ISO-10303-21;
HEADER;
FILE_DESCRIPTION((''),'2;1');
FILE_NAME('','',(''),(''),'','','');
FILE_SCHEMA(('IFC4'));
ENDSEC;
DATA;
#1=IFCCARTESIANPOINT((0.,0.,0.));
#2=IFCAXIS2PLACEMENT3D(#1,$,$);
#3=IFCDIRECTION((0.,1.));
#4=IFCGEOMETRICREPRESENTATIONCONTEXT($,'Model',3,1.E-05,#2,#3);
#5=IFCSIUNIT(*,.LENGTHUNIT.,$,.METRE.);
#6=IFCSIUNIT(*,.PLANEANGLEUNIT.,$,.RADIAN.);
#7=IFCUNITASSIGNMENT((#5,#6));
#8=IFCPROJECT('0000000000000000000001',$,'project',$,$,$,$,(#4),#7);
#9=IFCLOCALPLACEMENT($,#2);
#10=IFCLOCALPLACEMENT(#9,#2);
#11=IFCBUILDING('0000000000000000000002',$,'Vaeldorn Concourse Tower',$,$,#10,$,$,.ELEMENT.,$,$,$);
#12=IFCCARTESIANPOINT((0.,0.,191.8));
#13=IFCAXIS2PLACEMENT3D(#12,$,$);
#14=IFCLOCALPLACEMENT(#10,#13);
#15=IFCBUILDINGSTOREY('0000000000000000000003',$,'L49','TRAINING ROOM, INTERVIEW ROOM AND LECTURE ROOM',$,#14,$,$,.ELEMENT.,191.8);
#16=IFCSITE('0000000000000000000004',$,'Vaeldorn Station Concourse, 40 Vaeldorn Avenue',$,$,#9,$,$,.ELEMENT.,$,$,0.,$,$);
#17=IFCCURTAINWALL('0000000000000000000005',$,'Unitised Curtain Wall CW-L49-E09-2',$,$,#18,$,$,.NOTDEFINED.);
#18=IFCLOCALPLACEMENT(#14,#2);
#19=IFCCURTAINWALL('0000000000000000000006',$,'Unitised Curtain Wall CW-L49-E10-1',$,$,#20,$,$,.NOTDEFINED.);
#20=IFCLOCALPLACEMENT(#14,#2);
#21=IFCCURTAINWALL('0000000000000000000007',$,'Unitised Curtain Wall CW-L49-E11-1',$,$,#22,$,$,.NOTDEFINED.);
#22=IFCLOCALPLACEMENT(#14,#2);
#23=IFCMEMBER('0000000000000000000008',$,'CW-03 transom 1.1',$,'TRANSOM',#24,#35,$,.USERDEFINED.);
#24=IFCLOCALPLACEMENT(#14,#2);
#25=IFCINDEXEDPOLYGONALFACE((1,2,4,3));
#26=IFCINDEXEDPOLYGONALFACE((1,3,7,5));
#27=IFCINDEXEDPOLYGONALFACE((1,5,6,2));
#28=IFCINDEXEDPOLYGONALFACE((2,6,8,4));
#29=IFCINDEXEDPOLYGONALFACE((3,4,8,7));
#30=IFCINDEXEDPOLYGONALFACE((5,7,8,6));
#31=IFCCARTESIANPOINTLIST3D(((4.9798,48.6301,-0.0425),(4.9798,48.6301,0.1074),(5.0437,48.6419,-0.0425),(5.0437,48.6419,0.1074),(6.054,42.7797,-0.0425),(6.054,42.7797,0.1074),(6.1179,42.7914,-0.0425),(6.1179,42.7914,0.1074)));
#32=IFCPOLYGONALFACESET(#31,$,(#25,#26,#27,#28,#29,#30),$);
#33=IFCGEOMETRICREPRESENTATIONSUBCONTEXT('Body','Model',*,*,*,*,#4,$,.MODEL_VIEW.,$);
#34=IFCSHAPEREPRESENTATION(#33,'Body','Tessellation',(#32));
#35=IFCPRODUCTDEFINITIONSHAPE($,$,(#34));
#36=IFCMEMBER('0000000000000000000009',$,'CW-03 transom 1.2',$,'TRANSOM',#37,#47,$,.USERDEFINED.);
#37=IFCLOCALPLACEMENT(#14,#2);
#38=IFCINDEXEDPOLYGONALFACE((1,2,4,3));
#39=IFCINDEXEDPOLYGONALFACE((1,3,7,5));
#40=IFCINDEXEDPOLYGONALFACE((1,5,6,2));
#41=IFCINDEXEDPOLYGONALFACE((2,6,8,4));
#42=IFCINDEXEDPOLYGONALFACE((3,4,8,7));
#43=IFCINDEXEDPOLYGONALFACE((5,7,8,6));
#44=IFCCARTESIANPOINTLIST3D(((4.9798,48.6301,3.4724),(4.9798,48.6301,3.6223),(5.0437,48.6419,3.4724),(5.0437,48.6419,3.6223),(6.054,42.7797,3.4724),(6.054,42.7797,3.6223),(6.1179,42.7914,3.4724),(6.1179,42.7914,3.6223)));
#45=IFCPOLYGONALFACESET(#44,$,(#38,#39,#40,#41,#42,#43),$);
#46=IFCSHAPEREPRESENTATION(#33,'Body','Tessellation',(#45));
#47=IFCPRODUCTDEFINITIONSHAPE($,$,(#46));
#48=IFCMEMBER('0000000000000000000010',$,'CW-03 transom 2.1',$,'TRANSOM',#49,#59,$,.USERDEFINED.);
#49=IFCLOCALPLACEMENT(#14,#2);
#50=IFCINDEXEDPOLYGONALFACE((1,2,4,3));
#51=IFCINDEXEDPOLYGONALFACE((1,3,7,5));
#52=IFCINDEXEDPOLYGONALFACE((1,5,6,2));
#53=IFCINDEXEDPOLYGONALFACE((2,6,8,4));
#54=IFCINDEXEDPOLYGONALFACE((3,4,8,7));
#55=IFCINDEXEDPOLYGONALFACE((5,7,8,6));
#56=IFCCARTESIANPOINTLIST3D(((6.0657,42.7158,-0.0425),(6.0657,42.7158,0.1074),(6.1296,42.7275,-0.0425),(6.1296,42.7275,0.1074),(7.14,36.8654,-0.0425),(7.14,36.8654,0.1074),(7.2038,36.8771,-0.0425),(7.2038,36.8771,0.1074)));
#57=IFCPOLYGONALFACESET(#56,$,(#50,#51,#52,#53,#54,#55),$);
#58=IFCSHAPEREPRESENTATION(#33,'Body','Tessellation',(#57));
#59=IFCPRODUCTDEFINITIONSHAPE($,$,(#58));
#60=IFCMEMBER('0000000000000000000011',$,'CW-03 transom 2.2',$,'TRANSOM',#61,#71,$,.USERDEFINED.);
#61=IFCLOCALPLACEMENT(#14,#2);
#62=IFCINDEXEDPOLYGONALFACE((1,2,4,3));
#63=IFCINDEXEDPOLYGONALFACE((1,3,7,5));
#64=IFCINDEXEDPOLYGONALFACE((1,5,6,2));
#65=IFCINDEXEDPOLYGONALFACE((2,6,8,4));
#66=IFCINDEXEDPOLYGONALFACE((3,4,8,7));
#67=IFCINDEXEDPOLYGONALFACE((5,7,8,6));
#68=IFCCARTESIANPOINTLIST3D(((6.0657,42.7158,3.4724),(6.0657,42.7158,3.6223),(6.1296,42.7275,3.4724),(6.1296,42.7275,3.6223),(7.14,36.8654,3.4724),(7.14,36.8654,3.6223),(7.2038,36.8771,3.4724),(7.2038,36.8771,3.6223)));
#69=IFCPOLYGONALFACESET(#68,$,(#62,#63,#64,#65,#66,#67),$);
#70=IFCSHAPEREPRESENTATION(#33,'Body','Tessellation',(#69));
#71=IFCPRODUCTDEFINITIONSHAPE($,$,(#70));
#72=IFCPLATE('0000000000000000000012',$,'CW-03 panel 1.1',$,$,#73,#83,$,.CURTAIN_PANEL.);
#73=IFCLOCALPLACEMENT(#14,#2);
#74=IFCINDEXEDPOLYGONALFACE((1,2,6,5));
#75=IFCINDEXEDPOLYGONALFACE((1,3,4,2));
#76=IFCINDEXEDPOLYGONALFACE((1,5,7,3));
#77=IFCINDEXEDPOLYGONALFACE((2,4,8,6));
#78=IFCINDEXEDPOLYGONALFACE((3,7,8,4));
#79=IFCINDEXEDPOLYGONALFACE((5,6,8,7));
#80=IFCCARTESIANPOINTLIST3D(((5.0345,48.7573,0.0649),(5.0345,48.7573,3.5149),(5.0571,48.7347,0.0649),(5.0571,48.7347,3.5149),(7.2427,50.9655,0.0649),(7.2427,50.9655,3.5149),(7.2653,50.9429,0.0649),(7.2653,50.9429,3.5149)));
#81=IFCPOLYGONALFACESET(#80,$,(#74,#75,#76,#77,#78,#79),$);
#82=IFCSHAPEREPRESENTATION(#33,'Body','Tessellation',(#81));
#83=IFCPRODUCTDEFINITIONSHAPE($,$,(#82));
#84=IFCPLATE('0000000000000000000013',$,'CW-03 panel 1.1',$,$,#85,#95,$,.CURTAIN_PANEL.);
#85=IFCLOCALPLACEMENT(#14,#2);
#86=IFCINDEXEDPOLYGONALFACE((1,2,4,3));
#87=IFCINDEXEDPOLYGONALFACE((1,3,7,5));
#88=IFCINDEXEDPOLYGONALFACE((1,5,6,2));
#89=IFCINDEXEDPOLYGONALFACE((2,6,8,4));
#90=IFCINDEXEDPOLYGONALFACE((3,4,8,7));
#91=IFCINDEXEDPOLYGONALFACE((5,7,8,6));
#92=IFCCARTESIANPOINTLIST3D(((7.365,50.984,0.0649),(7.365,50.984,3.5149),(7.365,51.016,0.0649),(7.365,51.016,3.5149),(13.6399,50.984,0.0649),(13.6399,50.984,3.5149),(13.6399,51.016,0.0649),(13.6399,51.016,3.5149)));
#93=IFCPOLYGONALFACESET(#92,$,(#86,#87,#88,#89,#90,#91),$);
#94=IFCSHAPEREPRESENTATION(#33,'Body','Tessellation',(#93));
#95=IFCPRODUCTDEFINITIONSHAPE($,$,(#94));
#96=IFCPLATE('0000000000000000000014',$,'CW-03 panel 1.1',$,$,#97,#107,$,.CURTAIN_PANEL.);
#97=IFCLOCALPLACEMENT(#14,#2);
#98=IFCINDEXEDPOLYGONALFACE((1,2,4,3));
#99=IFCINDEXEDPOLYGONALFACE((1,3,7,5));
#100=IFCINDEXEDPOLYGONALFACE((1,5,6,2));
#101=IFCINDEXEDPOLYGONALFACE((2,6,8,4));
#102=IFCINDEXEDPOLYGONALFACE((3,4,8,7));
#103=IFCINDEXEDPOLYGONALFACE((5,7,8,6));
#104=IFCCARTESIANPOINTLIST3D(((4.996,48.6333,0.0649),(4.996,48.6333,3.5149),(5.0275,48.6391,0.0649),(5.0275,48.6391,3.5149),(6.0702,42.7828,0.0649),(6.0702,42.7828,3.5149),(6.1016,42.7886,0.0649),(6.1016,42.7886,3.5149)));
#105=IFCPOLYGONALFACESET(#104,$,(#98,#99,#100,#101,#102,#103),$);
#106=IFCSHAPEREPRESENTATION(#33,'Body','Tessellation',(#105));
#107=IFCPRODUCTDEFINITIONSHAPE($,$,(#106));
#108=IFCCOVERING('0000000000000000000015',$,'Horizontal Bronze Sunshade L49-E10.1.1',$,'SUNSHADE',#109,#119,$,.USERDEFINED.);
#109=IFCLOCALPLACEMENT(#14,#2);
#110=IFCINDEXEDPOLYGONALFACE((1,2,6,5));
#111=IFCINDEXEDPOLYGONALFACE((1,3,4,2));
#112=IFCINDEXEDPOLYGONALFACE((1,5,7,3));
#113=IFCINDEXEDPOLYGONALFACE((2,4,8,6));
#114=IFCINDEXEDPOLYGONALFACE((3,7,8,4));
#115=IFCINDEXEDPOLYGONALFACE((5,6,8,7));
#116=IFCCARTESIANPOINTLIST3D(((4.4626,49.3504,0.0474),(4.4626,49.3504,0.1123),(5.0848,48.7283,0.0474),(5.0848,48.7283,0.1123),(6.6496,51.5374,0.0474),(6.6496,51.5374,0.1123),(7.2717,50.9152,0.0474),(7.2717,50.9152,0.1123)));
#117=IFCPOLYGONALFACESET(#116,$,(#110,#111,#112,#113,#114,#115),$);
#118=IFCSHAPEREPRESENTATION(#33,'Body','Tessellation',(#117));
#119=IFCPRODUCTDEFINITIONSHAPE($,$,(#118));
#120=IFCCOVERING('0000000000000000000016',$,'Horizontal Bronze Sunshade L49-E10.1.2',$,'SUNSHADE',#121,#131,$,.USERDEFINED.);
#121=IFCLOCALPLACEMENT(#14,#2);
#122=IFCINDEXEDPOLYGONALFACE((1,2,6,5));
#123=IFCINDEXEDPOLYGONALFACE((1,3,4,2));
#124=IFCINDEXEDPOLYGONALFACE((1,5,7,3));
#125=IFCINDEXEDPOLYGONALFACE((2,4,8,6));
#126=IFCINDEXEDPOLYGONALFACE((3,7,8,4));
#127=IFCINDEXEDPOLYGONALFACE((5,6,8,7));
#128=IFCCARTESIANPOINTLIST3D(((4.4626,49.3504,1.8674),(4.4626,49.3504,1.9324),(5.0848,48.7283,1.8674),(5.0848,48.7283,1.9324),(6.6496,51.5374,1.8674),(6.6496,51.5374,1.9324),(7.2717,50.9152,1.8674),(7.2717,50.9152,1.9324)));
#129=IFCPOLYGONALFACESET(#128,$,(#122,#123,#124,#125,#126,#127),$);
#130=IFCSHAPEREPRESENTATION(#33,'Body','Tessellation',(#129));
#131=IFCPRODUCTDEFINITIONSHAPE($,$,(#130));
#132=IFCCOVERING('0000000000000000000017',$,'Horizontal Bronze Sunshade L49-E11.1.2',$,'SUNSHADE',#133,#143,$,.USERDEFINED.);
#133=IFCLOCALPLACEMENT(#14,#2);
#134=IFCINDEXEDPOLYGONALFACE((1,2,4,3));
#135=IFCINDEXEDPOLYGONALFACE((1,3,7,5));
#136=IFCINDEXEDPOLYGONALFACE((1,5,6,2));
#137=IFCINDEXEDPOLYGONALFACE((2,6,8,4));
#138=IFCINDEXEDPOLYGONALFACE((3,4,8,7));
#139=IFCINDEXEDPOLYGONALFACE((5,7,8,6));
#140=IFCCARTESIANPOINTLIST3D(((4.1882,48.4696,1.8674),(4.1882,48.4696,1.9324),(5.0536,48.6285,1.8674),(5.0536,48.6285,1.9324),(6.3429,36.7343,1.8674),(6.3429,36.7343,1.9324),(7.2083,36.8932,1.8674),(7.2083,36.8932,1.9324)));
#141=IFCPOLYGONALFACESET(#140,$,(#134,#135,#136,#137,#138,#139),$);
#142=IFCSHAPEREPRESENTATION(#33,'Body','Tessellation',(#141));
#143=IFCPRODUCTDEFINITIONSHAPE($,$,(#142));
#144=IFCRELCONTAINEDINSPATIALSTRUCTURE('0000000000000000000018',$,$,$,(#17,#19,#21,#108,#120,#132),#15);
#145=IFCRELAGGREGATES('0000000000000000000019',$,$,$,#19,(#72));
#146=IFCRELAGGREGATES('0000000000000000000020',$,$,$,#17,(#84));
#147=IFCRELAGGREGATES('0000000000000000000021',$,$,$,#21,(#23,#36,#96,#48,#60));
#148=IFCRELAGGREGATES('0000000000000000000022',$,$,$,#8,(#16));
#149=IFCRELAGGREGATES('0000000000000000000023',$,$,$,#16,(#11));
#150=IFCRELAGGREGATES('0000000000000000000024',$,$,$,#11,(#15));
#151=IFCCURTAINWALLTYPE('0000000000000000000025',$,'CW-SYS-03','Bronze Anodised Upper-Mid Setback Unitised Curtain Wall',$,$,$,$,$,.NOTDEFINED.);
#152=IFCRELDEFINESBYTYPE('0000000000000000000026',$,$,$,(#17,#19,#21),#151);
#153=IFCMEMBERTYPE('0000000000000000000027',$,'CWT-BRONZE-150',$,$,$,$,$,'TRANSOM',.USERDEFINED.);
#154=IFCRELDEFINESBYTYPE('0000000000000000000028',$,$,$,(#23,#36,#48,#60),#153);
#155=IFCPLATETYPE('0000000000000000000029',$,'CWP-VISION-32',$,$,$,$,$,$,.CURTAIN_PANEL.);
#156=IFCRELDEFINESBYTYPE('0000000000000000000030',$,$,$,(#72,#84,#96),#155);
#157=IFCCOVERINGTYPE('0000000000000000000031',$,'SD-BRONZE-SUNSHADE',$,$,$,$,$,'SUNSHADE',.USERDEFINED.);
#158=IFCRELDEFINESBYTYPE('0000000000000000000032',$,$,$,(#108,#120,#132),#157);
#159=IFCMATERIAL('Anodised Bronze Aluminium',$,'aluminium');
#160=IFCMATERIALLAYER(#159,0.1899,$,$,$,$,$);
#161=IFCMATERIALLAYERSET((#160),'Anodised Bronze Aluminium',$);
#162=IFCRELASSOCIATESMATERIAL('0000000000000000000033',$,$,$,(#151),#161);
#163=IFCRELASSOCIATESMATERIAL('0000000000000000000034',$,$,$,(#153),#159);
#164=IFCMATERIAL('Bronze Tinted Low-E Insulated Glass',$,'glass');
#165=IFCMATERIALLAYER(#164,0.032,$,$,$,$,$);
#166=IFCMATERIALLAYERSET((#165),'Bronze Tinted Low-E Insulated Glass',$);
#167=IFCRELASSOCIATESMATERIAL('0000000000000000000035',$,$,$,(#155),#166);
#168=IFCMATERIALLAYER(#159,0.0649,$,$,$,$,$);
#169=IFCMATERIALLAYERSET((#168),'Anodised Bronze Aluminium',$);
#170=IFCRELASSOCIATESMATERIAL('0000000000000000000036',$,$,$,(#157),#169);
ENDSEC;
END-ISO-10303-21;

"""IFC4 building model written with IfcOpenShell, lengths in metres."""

from ifc_helpers import new_model, si_unit, direction, frame, origin, origin_2d, place, context, subcontext, project, spatial, rectangle, extrude, source, transform, mapped, material, layer, layer_set, material_profile, profile_set, type_object, element, aggregate, save


model = new_model("IFC4")

# Units and contexts
model_context = context("Model", 3, precision=1e-05, world=origin(), true_north=direction((0.0, 1.0)))
body_context = subcontext(model_context, "Body", "Model", "MODEL_VIEW")
ifc_project = project(units=[si_unit("LENGTHUNIT", "METRE"), si_unit("PLANEANGLEUNIT", "RADIAN")], contexts=[model_context])

# Site, building, storey
site_placement = place(None, origin())
site = spatial("IfcSite", under=ifc_project, at=site_placement, Name="Vaeldorn Station Concourse, 40 Vaeldorn Avenue", CompositionType="ELEMENT", RefElevation=0.0)
building_placement = place(site_placement, origin())
building = spatial("IfcBuilding", under=site, at=building_placement, Name="Vaeldorn Concourse Tower", CompositionType="ELEMENT")
storey_placement = place(building_placement, frame((0.0, 0.0, 191.8)))
storey = spatial("IfcBuildingStorey", under=building, at=storey_placement, Name="L49", Description="TRAINING ROOM, INTERVIEW ROOM AND LECTURE ROOM", CompositionType="ELEMENT", Elevation=191.8)

# Curtain walls
ifc_material_1 = material(Name="Anodised Bronze Aluminium", Category="aluminium")
ifc_layer_1 = layer(ifc_material_1, 0.1899)
ifc_layer_set_1 = layer_set([ifc_layer_1], Name="Anodised Bronze Aluminium")
curtain_wall_type = type_object("IfcCurtainWallType", Name="CW-SYS-03", Description="Bronze Anodised Upper-Mid Setback Unitised Curtain Wall", PredefinedType="NOTDEFINED", material=ifc_layer_set_1)
curtain_wall_1_placement = place(storey_placement, origin())
curtain_wall_1 = element("IfcCurtainWall", 1, at=curtain_wall_1_placement, inside=storey, type_object=curtain_wall_type, Name="Unitised Curtain Wall CW-L49-E09-2", PredefinedType="NOTDEFINED")
curtain_wall_2_placement = place(storey_placement, origin())
curtain_wall_2 = element("IfcCurtainWall", 2, at=curtain_wall_2_placement, inside=storey, type_object=curtain_wall_type, Name="Unitised Curtain Wall CW-L49-E10-1", PredefinedType="NOTDEFINED")
curtain_wall_3_placement = place(storey_placement, origin())
curtain_wall_3 = element("IfcCurtainWall", 3, at=curtain_wall_3_placement, inside=storey, type_object=curtain_wall_type, Name="Unitised Curtain Wall CW-L49-E11-1", PredefinedType="NOTDEFINED")

# Members
ifc_material_profile_1 = material_profile(ifc_material_1, rectangle(XDim=0.0649, YDim=0.1499, at=origin_2d()), Name="CWT 65x150")
ifc_profile_set_1 = profile_set([ifc_material_profile_1], Name="Anodised Bronze Aluminium")
member_type_1 = type_object("IfcMemberType", Name="CWT-BRONZE-150", ElementType="TRANSOM", PredefinedType="USERDEFINED", material=ifc_profile_set_1)
shared_shape_1 = source(origin(), body_context, "Body", "SweptSolid", [
    extrude(rectangle(XDim=0.0649, YDim=0.1499, at=origin_2d()), origin(), (0.0, 0.0, 1.0), 5.9482),
])
member_1_placement = place(storey_placement, frame((5.0117, 48.636, 0.0325), z_axis=(0.180597, -0.983557, 0.0), x_axis=(0.983557, 0.180597, 0.0)))
member_1 = element("IfcMember", 4, at=member_1_placement, type_object=member_type_1, Name="CW-03 transom 1.1", ObjectType="TRANSOM", PredefinedType="USERDEFINED", context=body_context, shape_type="MappedRepresentation", body=[
    mapped(shared_shape_1, transform((0.0, 0.0, 0.0), scale=1.0)),
])
member_2_placement = place(storey_placement, frame((5.0117, 48.636, 3.5474), z_axis=(0.180597, -0.983557, 0.0), x_axis=(0.983557, 0.180597, 0.0)))
member_2 = element("IfcMember", 5, at=member_2_placement, type_object=member_type_1, Name="CW-03 transom 1.2", ObjectType="TRANSOM", PredefinedType="USERDEFINED", context=body_context, shape_type="MappedRepresentation", body=[
    mapped(shared_shape_1, transform((0.0, 0.0, 0.0), scale=1.0)),
])
member_3_placement = place(storey_placement, frame((6.0977, 42.7217, 0.0325), z_axis=(0.180597, -0.983557, 0.0), x_axis=(0.983557, 0.180597, 0.0)))
member_3 = element("IfcMember", 6, at=member_3_placement, type_object=member_type_1, Name="CW-03 transom 2.1", ObjectType="TRANSOM", PredefinedType="USERDEFINED", context=body_context, shape_type="MappedRepresentation", body=[
    mapped(shared_shape_1, transform((0.0, 0.0, 0.0), scale=1.0)),
])
member_4_placement = place(storey_placement, frame((6.0977, 42.7217, 3.5474), z_axis=(0.180597, -0.983557, 0.0), x_axis=(0.983557, 0.180597, 0.0)))
member_4 = element("IfcMember", 7, at=member_4_placement, type_object=member_type_1, Name="CW-03 transom 2.2", ObjectType="TRANSOM", PredefinedType="USERDEFINED", context=body_context, shape_type="MappedRepresentation", body=[
    mapped(shared_shape_1, transform((0.0, 0.0, 0.0), scale=1.0)),
])

# Plates
ifc_material_2 = material(Name="Bronze Tinted Low-E Insulated Glass", Category="glass")
ifc_layer_2 = layer(ifc_material_2, 0.032)
ifc_layer_set_2 = layer_set([ifc_layer_2], Name="Bronze Tinted Low-E Insulated Glass")
plate_type = type_object("IfcPlateType", Name="CWP-VISION-32", PredefinedType="CURTAIN_PANEL", material=ifc_layer_set_2)
shared_shape_2 = source(origin(), body_context, "Body", "SweptSolid", [
    extrude(rectangle(XDim=3.1228, YDim=0.032, at=origin_2d()), origin(), (0.0, 0.0, 1.0), 3.45),
])
plate_1_placement = place(storey_placement, frame((6.1499, 49.8501, 0.0649), z_axis=(0.0, 0.0, 1.0), x_axis=(-0.707107, -0.707107, 0.0)))
plate_1 = element("IfcPlate", 8, at=plate_1_placement, type_object=plate_type, Name="CW-03 panel 1.1", PredefinedType="CURTAIN_PANEL", context=body_context, shape_type="MappedRepresentation", body=[
    mapped(shared_shape_2, transform((0.0, 0.0, 0.0), scale=1.0)),
])
aggregate(curtain_wall_2, [plate_1])
shared_shape_3 = source(origin(), body_context, "Body", "SweptSolid", [
    extrude(rectangle(XDim=6.2749, YDim=0.032, at=origin_2d()), origin(), (0.0, 0.0, 1.0), 3.45),
])
plate_2_placement = place(storey_placement, frame((10.5024, 51.0, 0.0649), z_axis=(0.0, 0.0, 1.0), x_axis=(-1.0, 0.0, 0.0)))
plate_2 = element("IfcPlate", 9, at=plate_2_placement, type_object=plate_type, Name="CW-03 panel 1.1", PredefinedType="CURTAIN_PANEL", context=body_context, shape_type="MappedRepresentation", body=[
    mapped(shared_shape_3, transform((0.0, 0.0, 0.0), scale=1.0)),
])
aggregate(curtain_wall_1, [plate_2])
shared_shape_4 = source(origin(), body_context, "Body", "SweptSolid", [
    extrude(rectangle(XDim=5.9482, YDim=0.032, at=origin_2d()), origin(), (0.0, 0.0, 1.0), 3.45),
])
plate_3_placement = place(storey_placement, frame((5.5488, 45.7109, 0.0649), z_axis=(0.0, 0.0, 1.0), x_axis=(0.180585, -0.983559, 0.0)))
plate_3 = element("IfcPlate", 10, at=plate_3_placement, type_object=plate_type, Name="CW-03 panel 1.1", PredefinedType="CURTAIN_PANEL", context=body_context, shape_type="MappedRepresentation", body=[
    mapped(shared_shape_4, transform((0.0, 0.0, 0.0), scale=1.0)),
])
aggregate(curtain_wall_3, [member_1, member_2, plate_3, member_3, member_4])

# Coverings
ifc_layer_3 = layer(ifc_material_1, 0.0649)
ifc_layer_set_3 = layer_set([ifc_layer_3], Name="Anodised Bronze Aluminium")
covering_type = type_object("IfcCoveringType", Name="SD-BRONZE-SUNSHADE", ElementType="SUNSHADE", PredefinedType="USERDEFINED", material=ifc_layer_set_3)
shared_shape_5 = source(origin(), body_context, "Body", "SweptSolid", [
    extrude(rectangle(XDim=3.0928, YDim=0.8799, at=origin_2d()), origin(), (0.0, 0.0, 1.0), 0.0649),
])
for number, where, z_axis, x_axis, name in (
    (11, (5.8672, 50.1328, 0.0474), (0.0, 0.0, 1.0), (-0.707107, -0.707107, 0.0), "Horizontal Bronze Sunshade L49-E10.1.1"),
    (12, (5.8672, 50.1328, 1.8674), (0.0, 0.0, 1.0), (-0.707107, -0.707107, 0.0), "Horizontal Bronze Sunshade L49-E10.1.2"),
):
    element("IfcCovering", number, at=place(storey_placement, frame(where, z_axis=z_axis, x_axis=x_axis)), inside=storey, type_object=covering_type, Name=name, ObjectType="SUNSHADE", PredefinedType="USERDEFINED", context=body_context, shape_type="MappedRepresentation", body=[
        mapped(shared_shape_5, transform((0.0, 0.0, 0.0), scale=1.0)),
    ])
shared_shape_6 = source(origin(), body_context, "Body", "SweptSolid", [
    extrude(rectangle(XDim=11.9314, YDim=0.8799, at=origin_2d()), origin(), (0.0, 0.0, 1.0), 0.0649),
])
covering_placement = place(storey_placement, frame((5.6982, 42.6814, 1.8674), z_axis=(0.0, 0.0, 1.0), x_axis=(0.180588, -0.983559, 0.0)))
element("IfcCovering", 13, at=covering_placement, inside=storey, type_object=covering_type, Name="Horizontal Bronze Sunshade L49-E11.1.2", ObjectType="SUNSHADE", PredefinedType="USERDEFINED", context=body_context, shape_type="MappedRepresentation", body=[
    mapped(shared_shape_6, transform((0.0, 0.0, 0.0), scale=1.0)),
])

save(model, "model.ifc")
